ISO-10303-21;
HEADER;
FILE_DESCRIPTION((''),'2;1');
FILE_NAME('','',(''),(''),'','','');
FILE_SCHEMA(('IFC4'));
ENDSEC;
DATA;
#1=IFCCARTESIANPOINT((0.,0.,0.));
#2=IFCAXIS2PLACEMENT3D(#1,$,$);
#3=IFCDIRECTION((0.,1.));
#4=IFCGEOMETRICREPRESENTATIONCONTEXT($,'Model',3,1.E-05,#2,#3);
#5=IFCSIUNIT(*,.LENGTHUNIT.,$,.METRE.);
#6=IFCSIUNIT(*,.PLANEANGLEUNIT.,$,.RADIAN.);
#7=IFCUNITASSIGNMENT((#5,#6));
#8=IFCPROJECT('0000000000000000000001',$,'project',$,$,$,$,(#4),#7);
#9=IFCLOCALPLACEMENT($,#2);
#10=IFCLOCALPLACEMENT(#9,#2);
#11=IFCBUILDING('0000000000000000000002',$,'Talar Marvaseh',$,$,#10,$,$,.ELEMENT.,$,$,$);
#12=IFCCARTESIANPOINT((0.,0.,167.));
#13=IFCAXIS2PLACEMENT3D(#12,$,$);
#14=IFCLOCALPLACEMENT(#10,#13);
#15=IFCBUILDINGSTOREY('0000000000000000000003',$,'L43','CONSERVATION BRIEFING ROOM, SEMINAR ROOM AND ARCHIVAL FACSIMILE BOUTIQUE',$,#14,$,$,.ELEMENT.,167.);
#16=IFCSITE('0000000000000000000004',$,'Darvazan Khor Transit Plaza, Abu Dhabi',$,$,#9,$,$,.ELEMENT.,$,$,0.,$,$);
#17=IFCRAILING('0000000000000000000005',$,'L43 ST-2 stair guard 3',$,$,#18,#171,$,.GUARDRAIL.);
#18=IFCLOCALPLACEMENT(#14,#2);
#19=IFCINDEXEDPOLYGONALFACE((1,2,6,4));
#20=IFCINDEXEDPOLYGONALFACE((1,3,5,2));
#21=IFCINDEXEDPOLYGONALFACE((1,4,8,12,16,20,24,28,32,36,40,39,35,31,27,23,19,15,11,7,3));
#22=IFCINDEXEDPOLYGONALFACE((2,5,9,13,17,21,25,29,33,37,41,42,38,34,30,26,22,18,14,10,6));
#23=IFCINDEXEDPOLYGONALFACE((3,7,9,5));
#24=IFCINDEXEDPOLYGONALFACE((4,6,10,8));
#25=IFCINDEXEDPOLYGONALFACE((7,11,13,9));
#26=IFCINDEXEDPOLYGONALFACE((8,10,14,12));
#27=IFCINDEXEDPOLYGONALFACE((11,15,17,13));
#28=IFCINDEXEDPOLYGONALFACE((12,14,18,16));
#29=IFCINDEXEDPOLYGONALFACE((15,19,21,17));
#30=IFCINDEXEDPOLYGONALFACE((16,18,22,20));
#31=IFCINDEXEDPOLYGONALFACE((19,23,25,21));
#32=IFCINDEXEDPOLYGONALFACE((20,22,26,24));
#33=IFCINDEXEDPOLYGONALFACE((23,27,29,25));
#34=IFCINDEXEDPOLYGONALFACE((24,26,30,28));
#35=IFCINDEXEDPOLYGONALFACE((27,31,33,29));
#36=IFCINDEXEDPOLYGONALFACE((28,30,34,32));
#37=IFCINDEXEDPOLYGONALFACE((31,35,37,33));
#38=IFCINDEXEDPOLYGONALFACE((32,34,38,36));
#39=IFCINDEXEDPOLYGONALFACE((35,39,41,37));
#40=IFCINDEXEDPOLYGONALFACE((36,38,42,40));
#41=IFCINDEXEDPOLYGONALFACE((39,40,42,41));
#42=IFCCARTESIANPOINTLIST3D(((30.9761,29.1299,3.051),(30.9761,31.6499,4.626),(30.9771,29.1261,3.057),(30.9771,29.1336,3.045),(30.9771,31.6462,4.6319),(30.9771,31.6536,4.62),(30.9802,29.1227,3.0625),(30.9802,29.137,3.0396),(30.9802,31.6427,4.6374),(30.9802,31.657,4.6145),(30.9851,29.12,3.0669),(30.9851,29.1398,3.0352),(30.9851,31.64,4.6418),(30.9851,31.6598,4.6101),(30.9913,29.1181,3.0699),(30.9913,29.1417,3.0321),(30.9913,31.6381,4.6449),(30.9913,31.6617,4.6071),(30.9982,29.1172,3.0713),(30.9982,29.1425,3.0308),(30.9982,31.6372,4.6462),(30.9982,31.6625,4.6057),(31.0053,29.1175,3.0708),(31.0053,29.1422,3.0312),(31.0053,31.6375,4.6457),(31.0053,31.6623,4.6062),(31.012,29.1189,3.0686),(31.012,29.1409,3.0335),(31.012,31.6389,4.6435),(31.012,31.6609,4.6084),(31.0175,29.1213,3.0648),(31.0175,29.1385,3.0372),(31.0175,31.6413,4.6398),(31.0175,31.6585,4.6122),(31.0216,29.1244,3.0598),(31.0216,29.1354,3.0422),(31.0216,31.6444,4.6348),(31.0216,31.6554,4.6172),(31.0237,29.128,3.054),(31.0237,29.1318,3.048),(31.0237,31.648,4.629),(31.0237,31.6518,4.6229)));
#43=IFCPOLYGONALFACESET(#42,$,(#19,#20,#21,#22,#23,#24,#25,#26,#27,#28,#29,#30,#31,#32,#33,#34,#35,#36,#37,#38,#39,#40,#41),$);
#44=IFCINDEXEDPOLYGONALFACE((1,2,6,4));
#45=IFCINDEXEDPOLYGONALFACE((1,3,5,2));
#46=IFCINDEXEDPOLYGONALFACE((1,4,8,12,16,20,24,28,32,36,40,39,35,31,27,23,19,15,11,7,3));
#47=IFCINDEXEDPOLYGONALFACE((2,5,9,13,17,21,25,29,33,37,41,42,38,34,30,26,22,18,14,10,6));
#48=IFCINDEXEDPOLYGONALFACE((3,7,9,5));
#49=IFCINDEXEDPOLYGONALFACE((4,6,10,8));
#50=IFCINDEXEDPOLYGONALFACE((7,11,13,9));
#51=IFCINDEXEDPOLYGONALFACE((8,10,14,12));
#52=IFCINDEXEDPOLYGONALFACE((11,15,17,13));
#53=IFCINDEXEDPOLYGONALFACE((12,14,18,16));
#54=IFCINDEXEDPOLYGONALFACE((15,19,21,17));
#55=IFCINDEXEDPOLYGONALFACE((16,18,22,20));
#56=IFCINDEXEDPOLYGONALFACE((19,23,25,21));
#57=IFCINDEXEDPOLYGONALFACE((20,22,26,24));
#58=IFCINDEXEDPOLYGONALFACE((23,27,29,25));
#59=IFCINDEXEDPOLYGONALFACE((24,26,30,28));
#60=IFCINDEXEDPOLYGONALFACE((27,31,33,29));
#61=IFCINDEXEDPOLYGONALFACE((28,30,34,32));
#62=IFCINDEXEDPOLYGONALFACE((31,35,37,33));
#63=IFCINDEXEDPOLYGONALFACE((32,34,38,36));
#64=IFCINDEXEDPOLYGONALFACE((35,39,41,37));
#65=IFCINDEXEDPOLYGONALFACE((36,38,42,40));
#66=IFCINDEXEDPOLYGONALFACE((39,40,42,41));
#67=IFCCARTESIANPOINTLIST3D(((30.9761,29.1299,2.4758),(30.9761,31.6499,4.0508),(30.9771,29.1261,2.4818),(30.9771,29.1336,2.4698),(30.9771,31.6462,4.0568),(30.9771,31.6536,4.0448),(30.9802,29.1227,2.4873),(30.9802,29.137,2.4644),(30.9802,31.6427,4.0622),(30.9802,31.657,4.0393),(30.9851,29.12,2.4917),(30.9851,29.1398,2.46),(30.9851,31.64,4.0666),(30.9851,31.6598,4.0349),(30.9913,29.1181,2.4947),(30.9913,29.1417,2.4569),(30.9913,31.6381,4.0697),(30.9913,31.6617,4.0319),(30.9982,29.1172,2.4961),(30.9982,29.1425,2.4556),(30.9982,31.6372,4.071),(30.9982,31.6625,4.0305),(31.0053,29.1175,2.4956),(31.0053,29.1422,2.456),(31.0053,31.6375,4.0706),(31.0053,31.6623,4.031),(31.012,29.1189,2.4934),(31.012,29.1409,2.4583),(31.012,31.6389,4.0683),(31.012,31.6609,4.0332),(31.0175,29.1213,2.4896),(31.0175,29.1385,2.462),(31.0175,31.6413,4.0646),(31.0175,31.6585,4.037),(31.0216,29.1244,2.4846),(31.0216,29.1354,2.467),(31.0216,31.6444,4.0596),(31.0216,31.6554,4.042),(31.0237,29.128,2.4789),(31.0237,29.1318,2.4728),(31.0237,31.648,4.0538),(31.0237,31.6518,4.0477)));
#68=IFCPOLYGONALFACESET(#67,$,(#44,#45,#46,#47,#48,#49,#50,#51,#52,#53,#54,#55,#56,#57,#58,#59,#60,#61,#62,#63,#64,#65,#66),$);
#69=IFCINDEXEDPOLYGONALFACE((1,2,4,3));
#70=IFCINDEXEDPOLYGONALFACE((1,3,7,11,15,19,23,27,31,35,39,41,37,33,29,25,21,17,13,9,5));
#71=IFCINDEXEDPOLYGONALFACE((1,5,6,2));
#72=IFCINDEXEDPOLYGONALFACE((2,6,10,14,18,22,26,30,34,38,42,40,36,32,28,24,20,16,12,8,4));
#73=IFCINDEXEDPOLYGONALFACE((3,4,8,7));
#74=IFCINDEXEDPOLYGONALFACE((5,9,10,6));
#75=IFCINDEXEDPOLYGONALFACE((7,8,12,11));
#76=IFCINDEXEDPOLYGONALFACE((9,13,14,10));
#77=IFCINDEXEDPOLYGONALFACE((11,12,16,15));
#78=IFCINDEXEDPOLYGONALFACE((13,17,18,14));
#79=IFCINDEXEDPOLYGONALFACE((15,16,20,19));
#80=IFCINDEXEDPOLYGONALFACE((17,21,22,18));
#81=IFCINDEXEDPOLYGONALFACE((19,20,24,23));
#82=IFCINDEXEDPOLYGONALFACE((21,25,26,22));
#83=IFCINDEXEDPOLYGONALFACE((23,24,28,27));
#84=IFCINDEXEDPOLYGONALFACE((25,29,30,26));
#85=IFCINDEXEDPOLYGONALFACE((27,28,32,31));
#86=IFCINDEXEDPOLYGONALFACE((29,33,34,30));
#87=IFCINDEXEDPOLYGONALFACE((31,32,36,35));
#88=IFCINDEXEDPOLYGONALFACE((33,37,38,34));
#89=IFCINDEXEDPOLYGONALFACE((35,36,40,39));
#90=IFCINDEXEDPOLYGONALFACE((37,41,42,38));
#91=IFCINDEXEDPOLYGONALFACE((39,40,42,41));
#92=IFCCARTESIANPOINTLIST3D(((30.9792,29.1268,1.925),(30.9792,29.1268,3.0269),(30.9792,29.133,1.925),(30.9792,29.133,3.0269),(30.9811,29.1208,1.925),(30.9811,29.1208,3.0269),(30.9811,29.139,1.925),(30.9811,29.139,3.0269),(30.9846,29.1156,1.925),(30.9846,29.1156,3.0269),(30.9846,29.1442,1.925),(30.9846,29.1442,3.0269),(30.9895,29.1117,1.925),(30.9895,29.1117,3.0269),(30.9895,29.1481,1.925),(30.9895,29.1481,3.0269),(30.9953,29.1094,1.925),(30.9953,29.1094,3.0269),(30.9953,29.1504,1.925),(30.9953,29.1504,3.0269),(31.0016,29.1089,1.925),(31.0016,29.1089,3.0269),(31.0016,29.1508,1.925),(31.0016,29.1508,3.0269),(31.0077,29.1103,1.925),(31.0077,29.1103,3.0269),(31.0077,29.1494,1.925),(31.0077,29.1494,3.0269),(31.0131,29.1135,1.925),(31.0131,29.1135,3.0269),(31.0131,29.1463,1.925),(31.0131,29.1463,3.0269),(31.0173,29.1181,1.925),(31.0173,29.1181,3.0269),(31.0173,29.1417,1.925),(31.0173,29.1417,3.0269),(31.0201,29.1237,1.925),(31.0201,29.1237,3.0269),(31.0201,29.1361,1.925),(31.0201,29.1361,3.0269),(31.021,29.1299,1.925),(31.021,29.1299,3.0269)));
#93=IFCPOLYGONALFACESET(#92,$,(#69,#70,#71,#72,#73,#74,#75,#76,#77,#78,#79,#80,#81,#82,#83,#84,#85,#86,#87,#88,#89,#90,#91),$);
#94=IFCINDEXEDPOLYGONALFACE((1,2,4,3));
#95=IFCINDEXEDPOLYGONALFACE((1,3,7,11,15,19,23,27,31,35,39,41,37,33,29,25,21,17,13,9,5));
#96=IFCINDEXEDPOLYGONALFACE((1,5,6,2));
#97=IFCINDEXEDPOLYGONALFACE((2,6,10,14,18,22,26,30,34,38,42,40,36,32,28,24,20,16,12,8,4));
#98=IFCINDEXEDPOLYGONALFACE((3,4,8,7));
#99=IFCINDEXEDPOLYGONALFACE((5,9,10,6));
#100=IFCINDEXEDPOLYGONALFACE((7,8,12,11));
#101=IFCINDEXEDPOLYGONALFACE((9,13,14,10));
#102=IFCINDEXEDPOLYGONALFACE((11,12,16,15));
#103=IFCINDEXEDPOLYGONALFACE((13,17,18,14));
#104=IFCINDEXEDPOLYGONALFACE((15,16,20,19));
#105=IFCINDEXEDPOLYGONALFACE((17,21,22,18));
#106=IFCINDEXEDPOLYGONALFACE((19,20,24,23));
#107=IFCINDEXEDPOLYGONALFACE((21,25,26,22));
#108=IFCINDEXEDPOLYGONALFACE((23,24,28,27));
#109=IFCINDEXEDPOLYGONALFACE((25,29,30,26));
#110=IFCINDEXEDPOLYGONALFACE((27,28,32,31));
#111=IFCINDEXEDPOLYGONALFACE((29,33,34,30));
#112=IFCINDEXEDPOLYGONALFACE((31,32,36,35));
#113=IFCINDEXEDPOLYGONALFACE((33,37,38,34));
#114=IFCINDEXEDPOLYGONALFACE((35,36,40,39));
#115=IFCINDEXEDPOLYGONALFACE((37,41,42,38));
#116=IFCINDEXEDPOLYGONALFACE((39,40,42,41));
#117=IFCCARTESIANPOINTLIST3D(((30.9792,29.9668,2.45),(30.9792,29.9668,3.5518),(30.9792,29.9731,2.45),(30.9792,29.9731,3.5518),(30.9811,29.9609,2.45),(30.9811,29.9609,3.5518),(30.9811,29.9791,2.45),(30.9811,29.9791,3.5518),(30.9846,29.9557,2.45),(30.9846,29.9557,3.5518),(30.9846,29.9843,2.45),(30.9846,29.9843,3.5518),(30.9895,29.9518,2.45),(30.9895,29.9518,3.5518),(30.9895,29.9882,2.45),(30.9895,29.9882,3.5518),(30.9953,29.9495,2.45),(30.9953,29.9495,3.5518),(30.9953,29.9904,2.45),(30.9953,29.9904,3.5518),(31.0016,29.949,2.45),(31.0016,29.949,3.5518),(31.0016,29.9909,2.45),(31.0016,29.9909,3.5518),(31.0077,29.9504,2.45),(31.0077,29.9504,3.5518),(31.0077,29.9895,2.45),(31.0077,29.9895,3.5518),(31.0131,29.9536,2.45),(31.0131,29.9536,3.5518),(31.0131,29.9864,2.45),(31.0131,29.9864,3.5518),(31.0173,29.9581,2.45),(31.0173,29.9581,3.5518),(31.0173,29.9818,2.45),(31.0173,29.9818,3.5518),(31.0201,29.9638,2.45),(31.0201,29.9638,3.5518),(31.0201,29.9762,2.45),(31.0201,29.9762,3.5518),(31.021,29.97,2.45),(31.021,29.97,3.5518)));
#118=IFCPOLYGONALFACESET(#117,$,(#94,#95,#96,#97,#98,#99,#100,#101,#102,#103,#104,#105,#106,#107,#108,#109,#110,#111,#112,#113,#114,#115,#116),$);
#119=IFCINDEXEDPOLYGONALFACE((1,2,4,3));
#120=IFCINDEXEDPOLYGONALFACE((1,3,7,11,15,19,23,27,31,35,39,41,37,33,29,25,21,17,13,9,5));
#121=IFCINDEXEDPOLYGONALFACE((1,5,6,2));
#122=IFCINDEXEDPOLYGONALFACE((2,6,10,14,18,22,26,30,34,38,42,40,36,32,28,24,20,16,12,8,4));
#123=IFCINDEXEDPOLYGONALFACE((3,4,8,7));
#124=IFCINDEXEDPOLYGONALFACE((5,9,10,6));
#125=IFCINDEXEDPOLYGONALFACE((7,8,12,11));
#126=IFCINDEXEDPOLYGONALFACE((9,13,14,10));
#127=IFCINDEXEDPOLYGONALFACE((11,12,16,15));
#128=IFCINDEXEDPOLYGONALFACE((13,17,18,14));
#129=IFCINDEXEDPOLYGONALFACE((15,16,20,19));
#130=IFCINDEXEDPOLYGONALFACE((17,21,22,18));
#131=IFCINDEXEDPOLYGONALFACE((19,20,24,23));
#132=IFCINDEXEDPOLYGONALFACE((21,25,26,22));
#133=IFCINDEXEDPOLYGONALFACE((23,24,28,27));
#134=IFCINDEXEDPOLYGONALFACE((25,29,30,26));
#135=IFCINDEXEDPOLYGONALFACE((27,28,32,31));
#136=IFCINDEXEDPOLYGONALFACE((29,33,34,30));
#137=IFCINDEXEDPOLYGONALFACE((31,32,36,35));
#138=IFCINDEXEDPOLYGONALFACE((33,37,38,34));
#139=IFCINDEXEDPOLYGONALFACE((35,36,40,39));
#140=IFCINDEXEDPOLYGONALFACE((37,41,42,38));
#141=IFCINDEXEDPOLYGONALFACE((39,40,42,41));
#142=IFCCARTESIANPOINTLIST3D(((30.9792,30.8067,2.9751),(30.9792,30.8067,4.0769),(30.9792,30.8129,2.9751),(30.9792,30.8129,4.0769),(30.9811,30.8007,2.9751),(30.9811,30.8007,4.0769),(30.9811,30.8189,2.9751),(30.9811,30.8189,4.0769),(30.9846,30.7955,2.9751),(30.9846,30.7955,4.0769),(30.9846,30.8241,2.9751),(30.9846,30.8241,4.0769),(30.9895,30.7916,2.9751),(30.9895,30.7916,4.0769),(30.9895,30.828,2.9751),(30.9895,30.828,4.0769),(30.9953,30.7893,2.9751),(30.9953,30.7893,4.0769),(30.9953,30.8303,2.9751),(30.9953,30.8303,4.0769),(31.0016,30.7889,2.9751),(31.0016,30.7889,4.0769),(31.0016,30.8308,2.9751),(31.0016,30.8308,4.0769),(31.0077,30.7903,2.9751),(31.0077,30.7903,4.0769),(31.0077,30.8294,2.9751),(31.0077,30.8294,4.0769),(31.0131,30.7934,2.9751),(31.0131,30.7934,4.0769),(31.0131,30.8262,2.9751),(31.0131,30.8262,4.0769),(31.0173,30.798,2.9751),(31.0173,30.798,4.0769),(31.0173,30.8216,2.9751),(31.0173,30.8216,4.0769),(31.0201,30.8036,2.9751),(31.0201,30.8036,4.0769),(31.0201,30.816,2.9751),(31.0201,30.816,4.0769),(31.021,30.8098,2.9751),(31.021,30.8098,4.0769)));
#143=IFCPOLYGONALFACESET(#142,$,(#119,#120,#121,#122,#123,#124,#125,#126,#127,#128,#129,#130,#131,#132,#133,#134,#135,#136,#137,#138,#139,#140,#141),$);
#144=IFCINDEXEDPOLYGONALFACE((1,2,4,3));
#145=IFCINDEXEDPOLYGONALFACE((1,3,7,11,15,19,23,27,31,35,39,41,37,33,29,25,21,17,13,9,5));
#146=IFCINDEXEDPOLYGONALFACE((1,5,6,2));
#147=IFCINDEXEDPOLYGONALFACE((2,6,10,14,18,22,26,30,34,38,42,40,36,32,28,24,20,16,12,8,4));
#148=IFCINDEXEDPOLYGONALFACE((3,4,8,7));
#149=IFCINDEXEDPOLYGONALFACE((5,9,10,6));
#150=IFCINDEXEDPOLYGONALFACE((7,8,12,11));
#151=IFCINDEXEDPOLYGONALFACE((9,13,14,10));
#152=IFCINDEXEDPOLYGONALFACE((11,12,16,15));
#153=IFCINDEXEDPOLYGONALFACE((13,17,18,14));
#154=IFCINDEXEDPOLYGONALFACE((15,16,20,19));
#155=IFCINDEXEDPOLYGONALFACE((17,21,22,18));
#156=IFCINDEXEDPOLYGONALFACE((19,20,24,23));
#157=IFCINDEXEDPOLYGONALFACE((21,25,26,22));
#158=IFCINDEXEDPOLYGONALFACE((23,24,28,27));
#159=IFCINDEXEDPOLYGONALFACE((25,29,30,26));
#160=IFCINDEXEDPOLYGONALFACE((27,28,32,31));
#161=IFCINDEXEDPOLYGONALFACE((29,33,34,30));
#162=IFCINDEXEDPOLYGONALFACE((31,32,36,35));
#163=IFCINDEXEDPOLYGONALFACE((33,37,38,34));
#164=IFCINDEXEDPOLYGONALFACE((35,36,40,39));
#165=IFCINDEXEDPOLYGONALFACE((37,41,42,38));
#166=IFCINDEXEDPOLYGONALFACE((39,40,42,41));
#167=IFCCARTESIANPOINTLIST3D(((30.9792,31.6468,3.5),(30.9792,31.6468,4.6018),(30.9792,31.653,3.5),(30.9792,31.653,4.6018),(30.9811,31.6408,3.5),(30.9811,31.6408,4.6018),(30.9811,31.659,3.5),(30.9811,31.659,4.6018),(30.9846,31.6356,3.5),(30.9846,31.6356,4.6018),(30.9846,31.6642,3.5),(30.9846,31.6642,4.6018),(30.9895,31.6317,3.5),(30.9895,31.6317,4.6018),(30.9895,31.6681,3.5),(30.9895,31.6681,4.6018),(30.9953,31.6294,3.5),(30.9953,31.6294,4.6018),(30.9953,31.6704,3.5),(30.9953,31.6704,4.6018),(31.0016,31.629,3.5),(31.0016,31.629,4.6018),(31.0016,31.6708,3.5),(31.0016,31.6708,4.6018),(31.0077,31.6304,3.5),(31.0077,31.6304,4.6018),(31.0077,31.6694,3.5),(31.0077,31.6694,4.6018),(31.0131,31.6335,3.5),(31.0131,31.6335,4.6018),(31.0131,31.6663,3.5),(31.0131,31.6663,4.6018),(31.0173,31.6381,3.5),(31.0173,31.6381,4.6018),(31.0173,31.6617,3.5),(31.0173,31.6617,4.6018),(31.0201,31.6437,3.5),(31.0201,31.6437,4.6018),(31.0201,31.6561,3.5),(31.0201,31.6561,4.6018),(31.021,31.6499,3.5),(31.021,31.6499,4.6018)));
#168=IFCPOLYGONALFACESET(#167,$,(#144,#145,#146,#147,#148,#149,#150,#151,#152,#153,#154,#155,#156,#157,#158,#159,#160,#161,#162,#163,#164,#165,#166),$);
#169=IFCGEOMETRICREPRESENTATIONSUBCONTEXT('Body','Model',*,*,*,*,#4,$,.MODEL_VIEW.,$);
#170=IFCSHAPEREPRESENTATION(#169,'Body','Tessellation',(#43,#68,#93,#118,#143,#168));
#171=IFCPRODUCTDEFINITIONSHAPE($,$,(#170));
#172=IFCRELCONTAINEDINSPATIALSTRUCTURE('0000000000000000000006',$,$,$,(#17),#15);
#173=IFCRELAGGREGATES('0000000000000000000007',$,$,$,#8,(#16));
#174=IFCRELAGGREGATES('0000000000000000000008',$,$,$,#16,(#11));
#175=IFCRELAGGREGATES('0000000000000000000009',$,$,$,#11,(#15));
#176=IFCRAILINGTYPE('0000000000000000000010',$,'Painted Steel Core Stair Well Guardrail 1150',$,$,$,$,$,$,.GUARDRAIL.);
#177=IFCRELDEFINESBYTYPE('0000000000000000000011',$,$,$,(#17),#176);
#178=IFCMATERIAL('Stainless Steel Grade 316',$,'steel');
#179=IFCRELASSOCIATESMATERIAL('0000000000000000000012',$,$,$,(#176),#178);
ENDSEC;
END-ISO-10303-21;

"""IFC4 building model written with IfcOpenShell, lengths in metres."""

from ifc_helpers import new_model, si_unit, direction, frame, origin, origin_2d, place, context, subcontext, project, spatial, circle, extrude, material, type_object, element, save


model = new_model("IFC4")

# Units and contexts
model_context = context("Model", 3, precision=1e-05, world=origin(), true_north=direction((0.0, 1.0)))
body_context = subcontext(model_context, "Body", "Model", "MODEL_VIEW")
ifc_project = project(units=[si_unit("LENGTHUNIT", "METRE"), si_unit("PLANEANGLEUNIT", "RADIAN")], contexts=[model_context])

# Site, building, storey
site_placement = place(None, origin())
site = spatial("IfcSite", under=ifc_project, at=site_placement, Name="Darvazan Khor Transit Plaza, Abu Dhabi", CompositionType="ELEMENT", RefElevation=0.0)
building_placement = place(site_placement, origin())
building = spatial("IfcBuilding", under=site, at=building_placement, Name="Talar Marvaseh", CompositionType="ELEMENT")
storey_placement = place(building_placement, frame((0.0, 0.0, 167.0)))
storey = spatial("IfcBuildingStorey", under=building, at=storey_placement, Name="L43", Description="CONSERVATION BRIEFING ROOM, SEMINAR ROOM AND ARCHIVAL FACSIMILE BOUTIQUE", CompositionType="ELEMENT", Elevation=167.0)

# Shared definitions
ifc_material_1 = material(Name="Stainless Steel Grade 316", Category="steel")

# Railing
railing_type_1 = type_object("IfcRailingType", Name="Painted Steel Core Stair Well Guardrail 1150", PredefinedType="GUARDRAIL", material=ifc_material_1)
railing_1_placement = place(storey_placement, frame((31.0, 29.1299, 1.925)))
element("IfcRailing", 1, at=railing_1_placement, inside=storey, type_object=railing_type_1, Name="L43 ST-2 stair guard 3", PredefinedType="GUARDRAIL", context=body_context, shape_type="SweptSolid", body=[
    extrude(circle(Radius=0.0239, at=origin_2d()), frame((0.0, 0.0, 1.126), z_axis=(0.0, 0.848008, 0.529984), x_axis=(-1.0, 0.0, 0.0)), (0.0, 0.0, 1.0), 2.9717),
    extrude(circle(Radius=0.0239, at=origin_2d()), frame((0.0, 0.0, 0.5508), z_axis=(0.0, 0.848008, 0.529984), x_axis=(-1.0, 0.0, 0.0)), (0.0, 0.0, 1.0), 2.9717),
    extrude(circle(Radius=0.021, at=origin_2d()), origin(), (0.0, 0.0, 1.0), 1.1018),
    extrude(circle(Radius=0.021, at=origin_2d()), frame((0.0, 0.8401, 0.5249)), (0.0, 0.0, 1.0), 1.1018),
    extrude(circle(Radius=0.021, at=origin_2d()), frame((0.0, 1.6799, 1.05)), (0.0, 0.0, 1.0), 1.1018),
    extrude(circle(Radius=0.021, at=origin_2d()), frame((0.0, 2.52, 1.575)), (0.0, 0.0, 1.0), 1.1018),
])

save(model, "model.ifc")
